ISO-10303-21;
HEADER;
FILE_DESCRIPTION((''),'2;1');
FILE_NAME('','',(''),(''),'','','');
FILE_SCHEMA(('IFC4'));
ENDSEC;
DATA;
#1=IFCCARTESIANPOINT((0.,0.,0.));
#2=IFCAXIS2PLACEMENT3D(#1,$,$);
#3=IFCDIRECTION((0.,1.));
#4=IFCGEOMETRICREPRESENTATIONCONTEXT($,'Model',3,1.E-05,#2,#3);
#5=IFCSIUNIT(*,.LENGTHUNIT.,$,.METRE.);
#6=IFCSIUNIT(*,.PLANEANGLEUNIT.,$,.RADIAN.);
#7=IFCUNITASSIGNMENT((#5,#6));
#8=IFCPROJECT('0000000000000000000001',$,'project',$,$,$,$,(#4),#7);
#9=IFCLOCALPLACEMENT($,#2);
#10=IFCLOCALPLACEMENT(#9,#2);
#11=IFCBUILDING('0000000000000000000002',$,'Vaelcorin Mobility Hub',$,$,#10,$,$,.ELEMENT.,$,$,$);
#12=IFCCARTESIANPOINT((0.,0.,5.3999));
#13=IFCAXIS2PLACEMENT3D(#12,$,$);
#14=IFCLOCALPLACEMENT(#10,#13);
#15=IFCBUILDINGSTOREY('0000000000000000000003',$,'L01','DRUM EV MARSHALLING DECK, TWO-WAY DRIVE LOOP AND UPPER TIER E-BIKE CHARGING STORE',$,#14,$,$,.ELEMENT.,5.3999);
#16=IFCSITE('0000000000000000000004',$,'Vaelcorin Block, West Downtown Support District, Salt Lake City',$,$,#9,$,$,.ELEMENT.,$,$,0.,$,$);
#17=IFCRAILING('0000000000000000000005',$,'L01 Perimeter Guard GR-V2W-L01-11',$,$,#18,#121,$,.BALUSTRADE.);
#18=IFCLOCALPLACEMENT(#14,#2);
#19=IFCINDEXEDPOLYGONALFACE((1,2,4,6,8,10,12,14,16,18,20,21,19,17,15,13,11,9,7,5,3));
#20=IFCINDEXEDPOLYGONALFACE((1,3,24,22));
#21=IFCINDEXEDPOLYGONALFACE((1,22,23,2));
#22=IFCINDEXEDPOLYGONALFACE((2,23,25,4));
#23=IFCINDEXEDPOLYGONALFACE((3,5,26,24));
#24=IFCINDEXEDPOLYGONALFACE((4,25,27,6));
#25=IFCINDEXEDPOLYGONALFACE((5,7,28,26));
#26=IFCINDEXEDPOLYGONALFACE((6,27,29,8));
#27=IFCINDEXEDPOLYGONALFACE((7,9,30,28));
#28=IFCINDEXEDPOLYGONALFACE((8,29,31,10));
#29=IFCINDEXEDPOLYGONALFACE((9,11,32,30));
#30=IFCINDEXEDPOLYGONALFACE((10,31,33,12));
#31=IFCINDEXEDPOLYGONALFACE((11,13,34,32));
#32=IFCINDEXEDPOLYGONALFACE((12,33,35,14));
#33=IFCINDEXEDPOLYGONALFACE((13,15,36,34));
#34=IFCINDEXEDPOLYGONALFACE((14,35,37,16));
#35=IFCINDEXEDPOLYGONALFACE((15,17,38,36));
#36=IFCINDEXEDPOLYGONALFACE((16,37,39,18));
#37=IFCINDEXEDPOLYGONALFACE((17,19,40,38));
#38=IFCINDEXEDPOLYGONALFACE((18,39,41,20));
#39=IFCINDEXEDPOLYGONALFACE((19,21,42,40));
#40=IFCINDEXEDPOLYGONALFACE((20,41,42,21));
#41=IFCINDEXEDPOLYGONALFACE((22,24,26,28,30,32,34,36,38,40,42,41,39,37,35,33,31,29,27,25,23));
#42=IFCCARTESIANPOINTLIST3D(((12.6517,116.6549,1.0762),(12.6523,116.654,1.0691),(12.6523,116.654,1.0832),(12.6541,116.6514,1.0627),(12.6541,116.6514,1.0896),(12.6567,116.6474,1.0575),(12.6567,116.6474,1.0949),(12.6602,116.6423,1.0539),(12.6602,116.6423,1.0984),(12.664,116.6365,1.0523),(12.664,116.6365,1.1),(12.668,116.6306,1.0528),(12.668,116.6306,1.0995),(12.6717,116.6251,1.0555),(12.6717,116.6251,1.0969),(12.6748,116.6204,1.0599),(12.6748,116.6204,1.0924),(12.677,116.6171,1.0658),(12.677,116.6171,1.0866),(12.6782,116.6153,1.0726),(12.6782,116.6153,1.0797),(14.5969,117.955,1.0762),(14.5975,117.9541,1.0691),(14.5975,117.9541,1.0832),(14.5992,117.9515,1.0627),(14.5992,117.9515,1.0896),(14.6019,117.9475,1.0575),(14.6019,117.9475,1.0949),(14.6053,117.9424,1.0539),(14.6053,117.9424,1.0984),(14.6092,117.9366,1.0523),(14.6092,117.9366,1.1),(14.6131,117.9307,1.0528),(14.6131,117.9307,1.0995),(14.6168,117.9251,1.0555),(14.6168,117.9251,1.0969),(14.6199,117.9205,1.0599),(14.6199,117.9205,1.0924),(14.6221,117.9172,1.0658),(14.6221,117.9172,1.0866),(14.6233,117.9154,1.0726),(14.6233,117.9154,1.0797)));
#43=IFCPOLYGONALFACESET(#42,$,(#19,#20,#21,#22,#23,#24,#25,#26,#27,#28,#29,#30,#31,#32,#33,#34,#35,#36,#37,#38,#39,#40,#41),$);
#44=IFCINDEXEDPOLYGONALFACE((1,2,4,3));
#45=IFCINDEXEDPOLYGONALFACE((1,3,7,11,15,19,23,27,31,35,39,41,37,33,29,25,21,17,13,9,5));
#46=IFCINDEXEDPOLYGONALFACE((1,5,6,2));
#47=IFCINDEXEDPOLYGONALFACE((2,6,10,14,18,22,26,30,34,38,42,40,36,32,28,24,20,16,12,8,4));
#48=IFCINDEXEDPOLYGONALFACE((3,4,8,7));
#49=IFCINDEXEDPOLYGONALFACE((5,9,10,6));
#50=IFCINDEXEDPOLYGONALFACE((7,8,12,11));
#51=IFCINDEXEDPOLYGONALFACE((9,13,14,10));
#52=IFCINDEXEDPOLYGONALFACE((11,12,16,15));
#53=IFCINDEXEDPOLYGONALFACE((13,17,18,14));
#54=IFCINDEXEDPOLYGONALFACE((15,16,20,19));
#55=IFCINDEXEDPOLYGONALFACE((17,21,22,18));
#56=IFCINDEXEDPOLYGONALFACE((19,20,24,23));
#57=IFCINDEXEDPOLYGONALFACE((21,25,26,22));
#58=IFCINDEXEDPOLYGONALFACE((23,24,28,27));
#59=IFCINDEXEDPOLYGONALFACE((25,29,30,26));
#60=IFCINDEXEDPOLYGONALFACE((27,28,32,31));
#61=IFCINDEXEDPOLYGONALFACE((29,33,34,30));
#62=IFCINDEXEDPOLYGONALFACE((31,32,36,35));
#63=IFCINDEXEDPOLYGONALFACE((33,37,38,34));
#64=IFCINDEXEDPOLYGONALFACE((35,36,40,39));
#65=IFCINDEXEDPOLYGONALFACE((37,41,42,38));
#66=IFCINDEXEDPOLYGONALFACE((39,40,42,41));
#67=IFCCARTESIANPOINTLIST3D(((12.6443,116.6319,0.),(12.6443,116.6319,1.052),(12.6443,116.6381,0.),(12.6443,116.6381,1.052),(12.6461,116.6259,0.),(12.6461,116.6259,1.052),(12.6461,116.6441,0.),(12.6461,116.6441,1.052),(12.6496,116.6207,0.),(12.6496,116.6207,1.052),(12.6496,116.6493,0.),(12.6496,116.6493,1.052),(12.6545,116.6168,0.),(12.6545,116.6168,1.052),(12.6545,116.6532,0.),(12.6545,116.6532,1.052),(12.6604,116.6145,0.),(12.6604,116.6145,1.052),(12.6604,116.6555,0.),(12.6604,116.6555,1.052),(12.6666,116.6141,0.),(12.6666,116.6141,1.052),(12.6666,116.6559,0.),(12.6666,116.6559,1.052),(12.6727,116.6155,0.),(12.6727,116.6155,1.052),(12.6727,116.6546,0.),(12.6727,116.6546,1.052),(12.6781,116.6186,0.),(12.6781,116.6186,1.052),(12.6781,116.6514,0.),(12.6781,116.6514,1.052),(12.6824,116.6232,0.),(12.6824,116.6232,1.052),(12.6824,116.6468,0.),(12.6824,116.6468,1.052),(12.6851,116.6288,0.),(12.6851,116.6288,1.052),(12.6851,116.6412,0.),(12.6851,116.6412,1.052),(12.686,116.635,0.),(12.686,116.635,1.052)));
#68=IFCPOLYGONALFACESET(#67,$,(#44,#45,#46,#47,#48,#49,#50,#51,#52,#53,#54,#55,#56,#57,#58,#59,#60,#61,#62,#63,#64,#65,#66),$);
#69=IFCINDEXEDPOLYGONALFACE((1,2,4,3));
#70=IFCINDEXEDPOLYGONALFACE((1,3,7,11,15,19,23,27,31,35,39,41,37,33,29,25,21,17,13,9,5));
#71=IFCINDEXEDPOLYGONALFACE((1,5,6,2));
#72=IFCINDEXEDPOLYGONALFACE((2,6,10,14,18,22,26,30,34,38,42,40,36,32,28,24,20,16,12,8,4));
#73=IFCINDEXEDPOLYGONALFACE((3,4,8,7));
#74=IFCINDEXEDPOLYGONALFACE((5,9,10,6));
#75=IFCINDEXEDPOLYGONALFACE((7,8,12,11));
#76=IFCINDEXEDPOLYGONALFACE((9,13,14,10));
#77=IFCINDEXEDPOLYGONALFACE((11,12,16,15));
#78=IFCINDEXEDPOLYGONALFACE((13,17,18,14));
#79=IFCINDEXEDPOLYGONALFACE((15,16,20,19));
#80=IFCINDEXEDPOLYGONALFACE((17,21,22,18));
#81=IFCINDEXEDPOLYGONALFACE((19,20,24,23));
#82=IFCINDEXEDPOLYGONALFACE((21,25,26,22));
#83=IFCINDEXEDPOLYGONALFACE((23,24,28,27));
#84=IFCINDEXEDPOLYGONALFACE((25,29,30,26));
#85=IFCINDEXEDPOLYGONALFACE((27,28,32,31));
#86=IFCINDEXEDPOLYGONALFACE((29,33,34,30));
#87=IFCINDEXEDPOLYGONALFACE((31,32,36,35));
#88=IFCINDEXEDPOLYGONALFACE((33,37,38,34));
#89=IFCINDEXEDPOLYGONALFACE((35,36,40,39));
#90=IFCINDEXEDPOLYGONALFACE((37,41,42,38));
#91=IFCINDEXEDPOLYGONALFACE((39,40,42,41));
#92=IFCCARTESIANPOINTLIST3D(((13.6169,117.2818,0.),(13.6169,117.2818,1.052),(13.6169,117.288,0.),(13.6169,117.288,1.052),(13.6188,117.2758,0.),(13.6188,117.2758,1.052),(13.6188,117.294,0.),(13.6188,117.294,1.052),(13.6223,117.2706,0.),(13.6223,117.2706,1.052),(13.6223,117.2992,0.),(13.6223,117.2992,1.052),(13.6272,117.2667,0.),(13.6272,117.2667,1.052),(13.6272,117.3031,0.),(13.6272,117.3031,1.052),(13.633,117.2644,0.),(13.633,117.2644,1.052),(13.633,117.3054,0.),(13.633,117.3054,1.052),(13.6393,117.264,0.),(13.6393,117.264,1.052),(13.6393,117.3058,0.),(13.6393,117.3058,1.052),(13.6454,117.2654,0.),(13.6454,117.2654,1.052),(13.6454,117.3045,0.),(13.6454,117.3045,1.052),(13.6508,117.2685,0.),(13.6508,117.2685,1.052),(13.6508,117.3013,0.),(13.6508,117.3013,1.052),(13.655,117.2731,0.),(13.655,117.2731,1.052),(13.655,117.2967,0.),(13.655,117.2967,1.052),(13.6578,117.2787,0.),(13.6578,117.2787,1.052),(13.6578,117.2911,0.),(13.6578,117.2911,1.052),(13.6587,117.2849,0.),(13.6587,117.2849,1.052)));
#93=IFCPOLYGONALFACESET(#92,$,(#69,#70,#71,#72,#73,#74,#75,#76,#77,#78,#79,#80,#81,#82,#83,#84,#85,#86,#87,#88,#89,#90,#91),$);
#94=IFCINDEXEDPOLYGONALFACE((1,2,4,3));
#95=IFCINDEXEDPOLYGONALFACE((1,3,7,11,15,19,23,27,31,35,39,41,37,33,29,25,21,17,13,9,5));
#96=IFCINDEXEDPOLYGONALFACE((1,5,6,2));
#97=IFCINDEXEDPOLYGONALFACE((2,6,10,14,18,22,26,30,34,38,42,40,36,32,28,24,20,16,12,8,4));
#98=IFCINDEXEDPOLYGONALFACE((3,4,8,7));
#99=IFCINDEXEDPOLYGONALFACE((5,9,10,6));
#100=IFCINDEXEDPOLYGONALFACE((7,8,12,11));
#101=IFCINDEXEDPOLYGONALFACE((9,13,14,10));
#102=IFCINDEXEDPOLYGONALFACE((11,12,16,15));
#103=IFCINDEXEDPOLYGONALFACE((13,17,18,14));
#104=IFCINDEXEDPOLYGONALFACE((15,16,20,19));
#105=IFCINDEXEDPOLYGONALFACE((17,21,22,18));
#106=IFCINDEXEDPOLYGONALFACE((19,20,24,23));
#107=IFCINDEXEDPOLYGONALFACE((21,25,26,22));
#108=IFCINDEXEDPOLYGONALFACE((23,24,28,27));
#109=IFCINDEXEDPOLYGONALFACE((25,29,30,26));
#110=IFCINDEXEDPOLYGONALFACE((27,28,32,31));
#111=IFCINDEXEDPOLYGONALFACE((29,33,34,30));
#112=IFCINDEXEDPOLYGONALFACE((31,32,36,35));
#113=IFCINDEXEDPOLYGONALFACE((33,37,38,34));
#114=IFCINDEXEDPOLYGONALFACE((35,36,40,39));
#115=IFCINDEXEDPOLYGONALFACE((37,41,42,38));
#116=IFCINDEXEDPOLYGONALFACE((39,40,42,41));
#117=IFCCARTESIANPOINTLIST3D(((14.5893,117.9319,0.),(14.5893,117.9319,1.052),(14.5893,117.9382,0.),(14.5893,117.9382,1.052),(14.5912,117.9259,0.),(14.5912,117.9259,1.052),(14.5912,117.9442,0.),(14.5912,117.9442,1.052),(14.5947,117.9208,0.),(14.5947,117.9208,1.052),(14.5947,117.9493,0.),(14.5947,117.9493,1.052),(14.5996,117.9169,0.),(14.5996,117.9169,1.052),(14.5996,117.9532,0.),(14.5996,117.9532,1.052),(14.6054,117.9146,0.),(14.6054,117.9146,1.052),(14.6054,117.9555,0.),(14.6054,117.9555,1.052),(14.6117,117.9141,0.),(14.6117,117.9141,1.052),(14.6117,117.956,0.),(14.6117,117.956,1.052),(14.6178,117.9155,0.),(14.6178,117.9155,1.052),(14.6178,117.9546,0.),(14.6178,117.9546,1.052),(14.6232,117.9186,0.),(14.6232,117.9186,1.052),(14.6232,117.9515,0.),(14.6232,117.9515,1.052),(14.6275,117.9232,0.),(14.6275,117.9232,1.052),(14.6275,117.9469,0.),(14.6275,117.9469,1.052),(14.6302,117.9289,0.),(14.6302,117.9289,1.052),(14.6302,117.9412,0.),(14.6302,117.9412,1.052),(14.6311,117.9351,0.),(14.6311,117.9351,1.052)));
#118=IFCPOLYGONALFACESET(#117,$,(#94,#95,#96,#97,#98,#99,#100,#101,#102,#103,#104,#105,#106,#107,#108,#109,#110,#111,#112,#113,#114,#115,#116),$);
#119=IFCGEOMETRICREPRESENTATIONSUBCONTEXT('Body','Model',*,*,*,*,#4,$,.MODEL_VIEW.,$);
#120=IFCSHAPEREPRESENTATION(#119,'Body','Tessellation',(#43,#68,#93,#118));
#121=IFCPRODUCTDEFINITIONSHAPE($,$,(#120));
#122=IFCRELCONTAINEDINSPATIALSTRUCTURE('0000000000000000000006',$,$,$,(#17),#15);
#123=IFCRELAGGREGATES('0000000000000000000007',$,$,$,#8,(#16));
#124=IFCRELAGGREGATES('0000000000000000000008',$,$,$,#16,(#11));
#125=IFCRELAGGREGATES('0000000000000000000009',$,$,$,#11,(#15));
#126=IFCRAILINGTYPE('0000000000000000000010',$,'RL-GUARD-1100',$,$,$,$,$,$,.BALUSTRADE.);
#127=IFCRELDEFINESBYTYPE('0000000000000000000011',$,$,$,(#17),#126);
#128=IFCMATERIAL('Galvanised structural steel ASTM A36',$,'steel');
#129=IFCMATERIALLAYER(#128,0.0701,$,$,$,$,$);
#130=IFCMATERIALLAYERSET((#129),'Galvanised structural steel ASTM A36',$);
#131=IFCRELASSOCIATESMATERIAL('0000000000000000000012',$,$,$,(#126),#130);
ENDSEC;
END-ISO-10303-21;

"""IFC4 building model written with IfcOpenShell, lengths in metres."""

from ifc_helpers import new_model, si_unit, direction, frame, origin, origin_2d, place, context, subcontext, project, spatial, circle, extrude, material, layer, layer_set, type_object, element, save


model = new_model("IFC4")

# Units and contexts
model_context = context("Model", 3, precision=1e-05, world=origin(), true_north=direction((0.0, 1.0)))
body_context = subcontext(model_context, "Body", "Model", "MODEL_VIEW")
ifc_project = project(units=[si_unit("LENGTHUNIT", "METRE"), si_unit("PLANEANGLEUNIT", "RADIAN")], contexts=[model_context])

# Site, building, storey
site_placement = place(None, origin())
site = spatial("IfcSite", under=ifc_project, at=site_placement, Name="Vaelcorin Block, West Downtown Support District, Salt Lake City", CompositionType="ELEMENT", RefElevation=0.0)
building_placement = place(site_placement, origin())
building = spatial("IfcBuilding", under=site, at=building_placement, Name="Vaelcorin Mobility Hub", CompositionType="ELEMENT")
storey_placement = place(building_placement, frame((0.0, 0.0, 5.3999)))
storey = spatial("IfcBuildingStorey", under=building, at=storey_placement, Name="L01", Description="DRUM EV MARSHALLING DECK, TWO-WAY DRIVE LOOP AND UPPER TIER E-BIKE CHARGING STORE", CompositionType="ELEMENT", Elevation=5.3999)

# Railing
ifc_material_1 = material(Name="Galvanised structural steel ASTM A36", Category="steel")
ifc_layer_1 = layer(ifc_material_1, 0.0701)
ifc_layer_set_1 = layer_set([ifc_layer_1], Name="Galvanised structural steel ASTM A36")
railing_type = type_object("IfcRailingType", Name="RL-GUARD-1100", PredefinedType="BALUSTRADE", material=ifc_layer_set_1)
railing_1_placement = place(storey_placement, frame((12.665, 116.635, 0.0)))
element("IfcRailing", 1, at=railing_1_placement, inside=storey, type_object=railing_type, Name="L01 Perimeter Guard GR-V2W-L01-11", PredefinedType="BALUSTRADE", context=body_context, shape_type="SweptSolid", body=[
    extrude(circle(Radius=0.0239, at=origin_2d()), frame((0.0, 0.0, 1.0762), z_axis=(0.831391, 0.555687, 0.0), x_axis=(-0.555687, 0.831391, 0.0)), (0.0, 0.0, 1.0), 2.3396),
    extrude(circle(Radius=0.021, at=origin_2d()), origin(), (0.0, 0.0, 1.0), 1.052),
    extrude(circle(Radius=0.021, at=origin_2d()), frame((0.9727, 0.6499, 0.0)), (0.0, 0.0, 1.0), 1.052),
    extrude(circle(Radius=0.021, at=origin_2d()), frame((1.9451, 1.3, 0.0)), (0.0, 0.0, 1.0), 1.052),
])

save(model, "model.ifc")
